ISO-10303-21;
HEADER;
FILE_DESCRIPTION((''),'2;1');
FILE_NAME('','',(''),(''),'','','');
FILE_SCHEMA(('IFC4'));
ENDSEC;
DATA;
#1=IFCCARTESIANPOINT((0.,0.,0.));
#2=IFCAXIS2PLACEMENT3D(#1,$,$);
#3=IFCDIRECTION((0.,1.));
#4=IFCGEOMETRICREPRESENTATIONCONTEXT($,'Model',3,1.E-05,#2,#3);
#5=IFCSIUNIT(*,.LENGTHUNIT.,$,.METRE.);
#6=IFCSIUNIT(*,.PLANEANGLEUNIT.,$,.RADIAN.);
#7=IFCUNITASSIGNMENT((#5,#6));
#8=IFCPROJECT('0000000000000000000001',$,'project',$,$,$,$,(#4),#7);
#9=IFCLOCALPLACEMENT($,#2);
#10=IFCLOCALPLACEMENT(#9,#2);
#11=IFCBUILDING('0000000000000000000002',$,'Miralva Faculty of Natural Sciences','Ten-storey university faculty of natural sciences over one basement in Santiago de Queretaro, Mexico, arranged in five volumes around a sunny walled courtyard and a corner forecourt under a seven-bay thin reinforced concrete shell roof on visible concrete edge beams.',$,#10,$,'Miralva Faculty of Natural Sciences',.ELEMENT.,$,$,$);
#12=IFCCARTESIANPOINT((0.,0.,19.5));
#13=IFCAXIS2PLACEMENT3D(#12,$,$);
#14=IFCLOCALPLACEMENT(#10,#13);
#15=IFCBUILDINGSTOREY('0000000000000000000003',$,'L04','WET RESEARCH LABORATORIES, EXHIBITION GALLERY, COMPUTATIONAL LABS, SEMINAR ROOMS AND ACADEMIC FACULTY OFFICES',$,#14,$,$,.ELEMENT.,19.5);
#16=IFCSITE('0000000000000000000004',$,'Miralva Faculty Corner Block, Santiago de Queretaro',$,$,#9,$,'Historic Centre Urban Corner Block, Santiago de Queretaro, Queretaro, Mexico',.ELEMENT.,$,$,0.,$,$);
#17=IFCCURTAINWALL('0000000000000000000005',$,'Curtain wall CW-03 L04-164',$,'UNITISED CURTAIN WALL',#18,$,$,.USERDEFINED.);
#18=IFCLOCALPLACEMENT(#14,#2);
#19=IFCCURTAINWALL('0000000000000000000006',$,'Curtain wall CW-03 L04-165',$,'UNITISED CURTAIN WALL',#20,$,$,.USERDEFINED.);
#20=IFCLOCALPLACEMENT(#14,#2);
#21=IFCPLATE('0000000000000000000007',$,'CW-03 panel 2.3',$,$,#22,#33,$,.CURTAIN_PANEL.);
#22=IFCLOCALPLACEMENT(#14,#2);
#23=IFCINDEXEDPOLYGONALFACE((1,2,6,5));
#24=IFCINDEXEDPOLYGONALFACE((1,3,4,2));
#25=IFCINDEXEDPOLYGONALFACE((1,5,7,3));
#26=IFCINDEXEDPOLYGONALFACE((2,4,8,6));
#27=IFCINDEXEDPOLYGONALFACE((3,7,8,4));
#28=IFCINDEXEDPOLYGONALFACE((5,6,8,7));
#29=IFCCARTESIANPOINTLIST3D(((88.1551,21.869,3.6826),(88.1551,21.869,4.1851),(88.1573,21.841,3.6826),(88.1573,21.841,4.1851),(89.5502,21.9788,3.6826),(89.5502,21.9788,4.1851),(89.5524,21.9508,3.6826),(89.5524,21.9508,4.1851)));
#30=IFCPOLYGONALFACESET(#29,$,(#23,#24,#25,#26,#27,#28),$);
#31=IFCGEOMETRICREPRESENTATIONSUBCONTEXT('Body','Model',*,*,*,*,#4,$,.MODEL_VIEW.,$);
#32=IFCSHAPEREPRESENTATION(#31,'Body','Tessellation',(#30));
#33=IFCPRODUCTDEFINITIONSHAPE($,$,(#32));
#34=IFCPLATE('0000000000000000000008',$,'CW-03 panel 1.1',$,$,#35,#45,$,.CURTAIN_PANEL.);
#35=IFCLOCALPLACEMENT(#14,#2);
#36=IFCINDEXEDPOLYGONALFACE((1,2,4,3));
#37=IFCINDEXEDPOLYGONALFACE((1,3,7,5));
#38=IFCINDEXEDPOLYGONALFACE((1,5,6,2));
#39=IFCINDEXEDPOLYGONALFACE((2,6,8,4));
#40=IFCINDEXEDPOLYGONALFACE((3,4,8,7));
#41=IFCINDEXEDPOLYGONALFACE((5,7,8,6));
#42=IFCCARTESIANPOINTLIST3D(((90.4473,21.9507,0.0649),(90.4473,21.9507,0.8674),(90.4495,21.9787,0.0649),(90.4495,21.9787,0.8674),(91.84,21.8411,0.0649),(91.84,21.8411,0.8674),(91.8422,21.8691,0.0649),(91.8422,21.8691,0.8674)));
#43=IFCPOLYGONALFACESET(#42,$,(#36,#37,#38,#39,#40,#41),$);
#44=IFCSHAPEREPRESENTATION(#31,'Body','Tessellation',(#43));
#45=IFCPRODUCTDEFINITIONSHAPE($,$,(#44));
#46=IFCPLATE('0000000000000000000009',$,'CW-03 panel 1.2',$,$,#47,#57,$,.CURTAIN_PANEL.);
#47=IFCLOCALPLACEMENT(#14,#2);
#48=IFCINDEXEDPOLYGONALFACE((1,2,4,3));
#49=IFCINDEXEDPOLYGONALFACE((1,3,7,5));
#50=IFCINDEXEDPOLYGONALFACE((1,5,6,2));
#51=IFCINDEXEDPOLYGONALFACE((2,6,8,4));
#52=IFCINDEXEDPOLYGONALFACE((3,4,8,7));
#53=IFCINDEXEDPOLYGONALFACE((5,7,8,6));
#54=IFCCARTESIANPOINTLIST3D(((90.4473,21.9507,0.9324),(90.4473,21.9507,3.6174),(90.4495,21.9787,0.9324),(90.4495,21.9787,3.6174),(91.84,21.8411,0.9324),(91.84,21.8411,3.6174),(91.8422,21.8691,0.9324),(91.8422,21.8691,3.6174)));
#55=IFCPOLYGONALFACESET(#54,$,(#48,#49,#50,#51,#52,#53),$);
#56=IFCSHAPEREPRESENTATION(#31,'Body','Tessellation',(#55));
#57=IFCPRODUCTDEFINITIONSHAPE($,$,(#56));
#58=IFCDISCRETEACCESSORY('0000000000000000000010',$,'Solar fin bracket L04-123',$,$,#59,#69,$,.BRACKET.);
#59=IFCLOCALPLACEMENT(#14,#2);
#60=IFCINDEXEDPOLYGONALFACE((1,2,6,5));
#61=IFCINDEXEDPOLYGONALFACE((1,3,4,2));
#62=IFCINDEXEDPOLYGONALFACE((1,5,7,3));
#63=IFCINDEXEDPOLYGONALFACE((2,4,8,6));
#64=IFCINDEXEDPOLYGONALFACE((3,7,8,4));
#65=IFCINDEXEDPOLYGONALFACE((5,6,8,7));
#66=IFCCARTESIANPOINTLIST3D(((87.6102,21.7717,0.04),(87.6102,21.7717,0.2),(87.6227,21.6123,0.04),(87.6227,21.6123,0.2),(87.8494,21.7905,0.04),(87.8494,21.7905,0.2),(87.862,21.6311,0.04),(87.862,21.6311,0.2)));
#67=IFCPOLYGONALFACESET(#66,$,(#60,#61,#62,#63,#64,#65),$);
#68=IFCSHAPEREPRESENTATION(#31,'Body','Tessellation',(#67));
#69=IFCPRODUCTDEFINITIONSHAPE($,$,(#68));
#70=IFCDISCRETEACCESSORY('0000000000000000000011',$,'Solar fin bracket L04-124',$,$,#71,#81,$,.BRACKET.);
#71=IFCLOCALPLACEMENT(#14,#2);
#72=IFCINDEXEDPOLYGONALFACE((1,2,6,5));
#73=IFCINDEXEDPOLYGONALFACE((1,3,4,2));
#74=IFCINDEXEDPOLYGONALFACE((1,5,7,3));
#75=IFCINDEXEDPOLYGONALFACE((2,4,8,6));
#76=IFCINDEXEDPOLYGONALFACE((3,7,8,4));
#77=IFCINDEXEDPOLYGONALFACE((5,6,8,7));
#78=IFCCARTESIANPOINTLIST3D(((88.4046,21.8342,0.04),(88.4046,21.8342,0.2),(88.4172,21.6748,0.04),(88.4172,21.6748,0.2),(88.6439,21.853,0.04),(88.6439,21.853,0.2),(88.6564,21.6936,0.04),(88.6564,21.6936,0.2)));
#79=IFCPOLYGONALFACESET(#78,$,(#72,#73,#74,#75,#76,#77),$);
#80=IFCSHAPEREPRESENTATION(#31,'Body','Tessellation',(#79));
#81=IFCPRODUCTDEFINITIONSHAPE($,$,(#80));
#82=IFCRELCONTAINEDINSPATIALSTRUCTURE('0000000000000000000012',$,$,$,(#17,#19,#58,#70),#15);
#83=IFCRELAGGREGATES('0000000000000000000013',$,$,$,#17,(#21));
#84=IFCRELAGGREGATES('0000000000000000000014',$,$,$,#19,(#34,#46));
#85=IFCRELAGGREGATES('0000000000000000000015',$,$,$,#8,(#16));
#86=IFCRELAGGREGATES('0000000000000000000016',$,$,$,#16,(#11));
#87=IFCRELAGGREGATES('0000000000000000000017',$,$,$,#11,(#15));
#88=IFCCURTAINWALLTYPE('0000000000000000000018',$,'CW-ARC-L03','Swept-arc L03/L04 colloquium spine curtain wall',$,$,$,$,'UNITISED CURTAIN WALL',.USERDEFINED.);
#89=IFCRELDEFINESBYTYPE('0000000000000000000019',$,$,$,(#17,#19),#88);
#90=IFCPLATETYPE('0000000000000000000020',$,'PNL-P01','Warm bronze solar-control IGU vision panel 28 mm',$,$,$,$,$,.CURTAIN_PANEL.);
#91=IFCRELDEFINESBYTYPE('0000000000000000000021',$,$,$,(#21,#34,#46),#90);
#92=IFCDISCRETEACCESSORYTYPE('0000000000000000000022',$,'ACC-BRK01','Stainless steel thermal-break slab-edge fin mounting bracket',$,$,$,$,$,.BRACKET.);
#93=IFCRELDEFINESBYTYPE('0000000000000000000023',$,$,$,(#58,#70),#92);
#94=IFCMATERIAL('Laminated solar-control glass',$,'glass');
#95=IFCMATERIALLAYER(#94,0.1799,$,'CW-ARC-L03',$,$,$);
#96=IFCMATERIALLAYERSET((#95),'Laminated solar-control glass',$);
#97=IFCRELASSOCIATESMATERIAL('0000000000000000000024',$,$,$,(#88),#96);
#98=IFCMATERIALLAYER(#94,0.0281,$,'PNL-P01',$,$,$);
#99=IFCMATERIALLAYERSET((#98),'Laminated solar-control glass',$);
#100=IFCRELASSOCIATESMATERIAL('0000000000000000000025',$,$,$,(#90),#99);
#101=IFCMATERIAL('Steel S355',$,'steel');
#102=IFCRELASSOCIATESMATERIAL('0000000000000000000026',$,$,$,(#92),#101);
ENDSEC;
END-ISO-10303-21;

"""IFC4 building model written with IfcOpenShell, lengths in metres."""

from ifc_helpers import new_model, si_unit, direction, frame, origin, origin_2d, place, context, subcontext, project, spatial, rectangle, extrude, material, layer, layer_set, type_object, element, aggregate, save


model = new_model("IFC4")

# Units and contexts
model_context = context("Model", 3, precision=1e-05, world=origin(), true_north=direction((0.0, 1.0)))
body_context = subcontext(model_context, "Body", "Model", "MODEL_VIEW")
ifc_project = project(units=[si_unit("LENGTHUNIT", "METRE"), si_unit("PLANEANGLEUNIT", "RADIAN")], contexts=[model_context])

# Site, building, storey
site_placement = place(None, origin())
site = spatial("IfcSite", under=ifc_project, at=site_placement, Name="Miralva Faculty Corner Block, Santiago de Queretaro", LongName="Historic Centre Urban Corner Block, Santiago de Queretaro, Queretaro, Mexico", CompositionType="ELEMENT", RefElevation=0.0)
building_placement = place(site_placement, origin())
building = spatial("IfcBuilding", under=site, at=building_placement, Name="Miralva Faculty of Natural Sciences", Description="Ten-storey university faculty of natural sciences over one basement in Santiago de Queretaro, Mexico, arranged in five volumes around a sunny walled courtyard and a corner forecourt under a seven-bay thin reinforced concrete shell roof on visible concrete edge beams.", LongName="Miralva Faculty of Natural Sciences", CompositionType="ELEMENT")
storey_placement = place(building_placement, frame((0.0, 0.0, 19.5)))
storey = spatial("IfcBuildingStorey", under=building, at=storey_placement, Name="L04", Description="WET RESEARCH LABORATORIES, EXHIBITION GALLERY, COMPUTATIONAL LABS, SEMINAR ROOMS AND ACADEMIC FACULTY OFFICES", CompositionType="ELEMENT", Elevation=19.5)

# Curtain wall
ifc_material_1 = material(Name="Laminated solar-control glass", Category="glass")
ifc_layer_1 = layer(ifc_material_1, 0.1799, Name="CW-ARC-L03")
ifc_layer_set_1 = layer_set([ifc_layer_1], Name="Laminated solar-control glass")
curtain_wall_type = type_object("IfcCurtainWallType", Name="CW-ARC-L03", Description="Swept-arc L03/L04 colloquium spine curtain wall", ElementType="UNITISED CURTAIN WALL", PredefinedType="USERDEFINED", material=ifc_layer_set_1)
curtain_wall_1_placement = place(storey_placement, origin())
curtain_wall_1 = element("IfcCurtainWall", 1, at=curtain_wall_1_placement, inside=storey, type_object=curtain_wall_type, Name="Curtain wall CW-03 L04-164", ObjectType="UNITISED CURTAIN WALL", PredefinedType="USERDEFINED")

# Curtain wall
curtain_wall_2_placement = place(storey_placement, origin())
curtain_wall_2 = element("IfcCurtainWall", 2, at=curtain_wall_2_placement, inside=storey, type_object=curtain_wall_type, Name="Curtain wall CW-03 L04-165", ObjectType="UNITISED CURTAIN WALL", PredefinedType="USERDEFINED")

# Plates
ifc_layer_2 = layer(ifc_material_1, 0.0281, Name="PNL-P01")
ifc_layer_set_2 = layer_set([ifc_layer_2], Name="Laminated solar-control glass")
plate_type = type_object("IfcPlateType", Name="PNL-P01", Description="Warm bronze solar-control IGU vision panel 28 mm", PredefinedType="CURTAIN_PANEL", material=ifc_layer_set_2)
plate_1_placement = place(storey_placement, frame((88.8538, 21.9099, 3.6826), z_axis=(0.0, 0.0, 1.0), x_axis=(0.996917, 0.078464, 0.0)))
plate_1 = element("IfcPlate", 3, at=plate_1_placement, type_object=plate_type, Name="CW-03 panel 2.3", PredefinedType="CURTAIN_PANEL", context=body_context, shape_type="SweptSolid", body=[
    extrude(rectangle(XDim=1.3994, YDim=0.0281, at=origin_2d()), origin(), (0.0, 0.0, 1.0), 0.5024),
])
aggregate(curtain_wall_1, [plate_1])
plate_2_placement = place(storey_placement, frame((91.1448, 21.9099, 0.0649), z_axis=(0.0, 0.0, 1.0), x_axis=(0.996917, -0.078462, 0.0)))
plate_2 = element("IfcPlate", 4, at=plate_2_placement, type_object=plate_type, Name="CW-03 panel 1.1", PredefinedType="CURTAIN_PANEL", context=body_context, shape_type="SweptSolid", body=[
    extrude(rectangle(XDim=1.397, YDim=0.0281, at=origin_2d()), origin(), (0.0, 0.0, 1.0), 0.8025),
])
plate_3_placement = place(storey_placement, frame((91.1448, 21.9099, 0.9324), z_axis=(0.0, 0.0, 1.0), x_axis=(0.996917, -0.078462, 0.0)))
plate_3 = element("IfcPlate", 5, at=plate_3_placement, type_object=plate_type, Name="CW-03 panel 1.2", PredefinedType="CURTAIN_PANEL", context=body_context, shape_type="SweptSolid", body=[
    extrude(rectangle(XDim=1.397, YDim=0.0281, at=origin_2d()), origin(), (0.0, 0.0, 1.0), 2.6851),
])
aggregate(curtain_wall_2, [plate_2, plate_3])

# Discrete accessories
ifc_material_2 = material(Name="Steel S355", Category="steel")
discrete_accessory_type = type_object("IfcDiscreteAccessoryType", Name="ACC-BRK01", Description="Stainless steel thermal-break slab-edge fin mounting bracket", PredefinedType="BRACKET", material=ifc_material_2)
for number, where, z_axis, x_axis, name in (
    (6, (87.7361, 21.7014, 0.04), (0.0, 0.0, 1.0), (0.078459, -0.996917, 0.0), "Solar fin bracket L04-123"),
    (7, (88.5305, 21.7639, 0.04), (0.0, 0.0, 1.0), (0.078459, -0.996917, 0.0), "Solar fin bracket L04-124"),
):
    element("IfcDiscreteAccessory", number, at=place(storey_placement, frame(where, z_axis=z_axis, x_axis=x_axis)), inside=storey, type_object=discrete_accessory_type, Name=name, PredefinedType="BRACKET", context=body_context, shape_type="SweptSolid", body=[
        extrude(rectangle(XDim=0.1599, YDim=0.24, at=origin_2d()), origin(), (0.0, 0.0, 1.0), 0.1599),
    ])

save(model, "model.ifc")
